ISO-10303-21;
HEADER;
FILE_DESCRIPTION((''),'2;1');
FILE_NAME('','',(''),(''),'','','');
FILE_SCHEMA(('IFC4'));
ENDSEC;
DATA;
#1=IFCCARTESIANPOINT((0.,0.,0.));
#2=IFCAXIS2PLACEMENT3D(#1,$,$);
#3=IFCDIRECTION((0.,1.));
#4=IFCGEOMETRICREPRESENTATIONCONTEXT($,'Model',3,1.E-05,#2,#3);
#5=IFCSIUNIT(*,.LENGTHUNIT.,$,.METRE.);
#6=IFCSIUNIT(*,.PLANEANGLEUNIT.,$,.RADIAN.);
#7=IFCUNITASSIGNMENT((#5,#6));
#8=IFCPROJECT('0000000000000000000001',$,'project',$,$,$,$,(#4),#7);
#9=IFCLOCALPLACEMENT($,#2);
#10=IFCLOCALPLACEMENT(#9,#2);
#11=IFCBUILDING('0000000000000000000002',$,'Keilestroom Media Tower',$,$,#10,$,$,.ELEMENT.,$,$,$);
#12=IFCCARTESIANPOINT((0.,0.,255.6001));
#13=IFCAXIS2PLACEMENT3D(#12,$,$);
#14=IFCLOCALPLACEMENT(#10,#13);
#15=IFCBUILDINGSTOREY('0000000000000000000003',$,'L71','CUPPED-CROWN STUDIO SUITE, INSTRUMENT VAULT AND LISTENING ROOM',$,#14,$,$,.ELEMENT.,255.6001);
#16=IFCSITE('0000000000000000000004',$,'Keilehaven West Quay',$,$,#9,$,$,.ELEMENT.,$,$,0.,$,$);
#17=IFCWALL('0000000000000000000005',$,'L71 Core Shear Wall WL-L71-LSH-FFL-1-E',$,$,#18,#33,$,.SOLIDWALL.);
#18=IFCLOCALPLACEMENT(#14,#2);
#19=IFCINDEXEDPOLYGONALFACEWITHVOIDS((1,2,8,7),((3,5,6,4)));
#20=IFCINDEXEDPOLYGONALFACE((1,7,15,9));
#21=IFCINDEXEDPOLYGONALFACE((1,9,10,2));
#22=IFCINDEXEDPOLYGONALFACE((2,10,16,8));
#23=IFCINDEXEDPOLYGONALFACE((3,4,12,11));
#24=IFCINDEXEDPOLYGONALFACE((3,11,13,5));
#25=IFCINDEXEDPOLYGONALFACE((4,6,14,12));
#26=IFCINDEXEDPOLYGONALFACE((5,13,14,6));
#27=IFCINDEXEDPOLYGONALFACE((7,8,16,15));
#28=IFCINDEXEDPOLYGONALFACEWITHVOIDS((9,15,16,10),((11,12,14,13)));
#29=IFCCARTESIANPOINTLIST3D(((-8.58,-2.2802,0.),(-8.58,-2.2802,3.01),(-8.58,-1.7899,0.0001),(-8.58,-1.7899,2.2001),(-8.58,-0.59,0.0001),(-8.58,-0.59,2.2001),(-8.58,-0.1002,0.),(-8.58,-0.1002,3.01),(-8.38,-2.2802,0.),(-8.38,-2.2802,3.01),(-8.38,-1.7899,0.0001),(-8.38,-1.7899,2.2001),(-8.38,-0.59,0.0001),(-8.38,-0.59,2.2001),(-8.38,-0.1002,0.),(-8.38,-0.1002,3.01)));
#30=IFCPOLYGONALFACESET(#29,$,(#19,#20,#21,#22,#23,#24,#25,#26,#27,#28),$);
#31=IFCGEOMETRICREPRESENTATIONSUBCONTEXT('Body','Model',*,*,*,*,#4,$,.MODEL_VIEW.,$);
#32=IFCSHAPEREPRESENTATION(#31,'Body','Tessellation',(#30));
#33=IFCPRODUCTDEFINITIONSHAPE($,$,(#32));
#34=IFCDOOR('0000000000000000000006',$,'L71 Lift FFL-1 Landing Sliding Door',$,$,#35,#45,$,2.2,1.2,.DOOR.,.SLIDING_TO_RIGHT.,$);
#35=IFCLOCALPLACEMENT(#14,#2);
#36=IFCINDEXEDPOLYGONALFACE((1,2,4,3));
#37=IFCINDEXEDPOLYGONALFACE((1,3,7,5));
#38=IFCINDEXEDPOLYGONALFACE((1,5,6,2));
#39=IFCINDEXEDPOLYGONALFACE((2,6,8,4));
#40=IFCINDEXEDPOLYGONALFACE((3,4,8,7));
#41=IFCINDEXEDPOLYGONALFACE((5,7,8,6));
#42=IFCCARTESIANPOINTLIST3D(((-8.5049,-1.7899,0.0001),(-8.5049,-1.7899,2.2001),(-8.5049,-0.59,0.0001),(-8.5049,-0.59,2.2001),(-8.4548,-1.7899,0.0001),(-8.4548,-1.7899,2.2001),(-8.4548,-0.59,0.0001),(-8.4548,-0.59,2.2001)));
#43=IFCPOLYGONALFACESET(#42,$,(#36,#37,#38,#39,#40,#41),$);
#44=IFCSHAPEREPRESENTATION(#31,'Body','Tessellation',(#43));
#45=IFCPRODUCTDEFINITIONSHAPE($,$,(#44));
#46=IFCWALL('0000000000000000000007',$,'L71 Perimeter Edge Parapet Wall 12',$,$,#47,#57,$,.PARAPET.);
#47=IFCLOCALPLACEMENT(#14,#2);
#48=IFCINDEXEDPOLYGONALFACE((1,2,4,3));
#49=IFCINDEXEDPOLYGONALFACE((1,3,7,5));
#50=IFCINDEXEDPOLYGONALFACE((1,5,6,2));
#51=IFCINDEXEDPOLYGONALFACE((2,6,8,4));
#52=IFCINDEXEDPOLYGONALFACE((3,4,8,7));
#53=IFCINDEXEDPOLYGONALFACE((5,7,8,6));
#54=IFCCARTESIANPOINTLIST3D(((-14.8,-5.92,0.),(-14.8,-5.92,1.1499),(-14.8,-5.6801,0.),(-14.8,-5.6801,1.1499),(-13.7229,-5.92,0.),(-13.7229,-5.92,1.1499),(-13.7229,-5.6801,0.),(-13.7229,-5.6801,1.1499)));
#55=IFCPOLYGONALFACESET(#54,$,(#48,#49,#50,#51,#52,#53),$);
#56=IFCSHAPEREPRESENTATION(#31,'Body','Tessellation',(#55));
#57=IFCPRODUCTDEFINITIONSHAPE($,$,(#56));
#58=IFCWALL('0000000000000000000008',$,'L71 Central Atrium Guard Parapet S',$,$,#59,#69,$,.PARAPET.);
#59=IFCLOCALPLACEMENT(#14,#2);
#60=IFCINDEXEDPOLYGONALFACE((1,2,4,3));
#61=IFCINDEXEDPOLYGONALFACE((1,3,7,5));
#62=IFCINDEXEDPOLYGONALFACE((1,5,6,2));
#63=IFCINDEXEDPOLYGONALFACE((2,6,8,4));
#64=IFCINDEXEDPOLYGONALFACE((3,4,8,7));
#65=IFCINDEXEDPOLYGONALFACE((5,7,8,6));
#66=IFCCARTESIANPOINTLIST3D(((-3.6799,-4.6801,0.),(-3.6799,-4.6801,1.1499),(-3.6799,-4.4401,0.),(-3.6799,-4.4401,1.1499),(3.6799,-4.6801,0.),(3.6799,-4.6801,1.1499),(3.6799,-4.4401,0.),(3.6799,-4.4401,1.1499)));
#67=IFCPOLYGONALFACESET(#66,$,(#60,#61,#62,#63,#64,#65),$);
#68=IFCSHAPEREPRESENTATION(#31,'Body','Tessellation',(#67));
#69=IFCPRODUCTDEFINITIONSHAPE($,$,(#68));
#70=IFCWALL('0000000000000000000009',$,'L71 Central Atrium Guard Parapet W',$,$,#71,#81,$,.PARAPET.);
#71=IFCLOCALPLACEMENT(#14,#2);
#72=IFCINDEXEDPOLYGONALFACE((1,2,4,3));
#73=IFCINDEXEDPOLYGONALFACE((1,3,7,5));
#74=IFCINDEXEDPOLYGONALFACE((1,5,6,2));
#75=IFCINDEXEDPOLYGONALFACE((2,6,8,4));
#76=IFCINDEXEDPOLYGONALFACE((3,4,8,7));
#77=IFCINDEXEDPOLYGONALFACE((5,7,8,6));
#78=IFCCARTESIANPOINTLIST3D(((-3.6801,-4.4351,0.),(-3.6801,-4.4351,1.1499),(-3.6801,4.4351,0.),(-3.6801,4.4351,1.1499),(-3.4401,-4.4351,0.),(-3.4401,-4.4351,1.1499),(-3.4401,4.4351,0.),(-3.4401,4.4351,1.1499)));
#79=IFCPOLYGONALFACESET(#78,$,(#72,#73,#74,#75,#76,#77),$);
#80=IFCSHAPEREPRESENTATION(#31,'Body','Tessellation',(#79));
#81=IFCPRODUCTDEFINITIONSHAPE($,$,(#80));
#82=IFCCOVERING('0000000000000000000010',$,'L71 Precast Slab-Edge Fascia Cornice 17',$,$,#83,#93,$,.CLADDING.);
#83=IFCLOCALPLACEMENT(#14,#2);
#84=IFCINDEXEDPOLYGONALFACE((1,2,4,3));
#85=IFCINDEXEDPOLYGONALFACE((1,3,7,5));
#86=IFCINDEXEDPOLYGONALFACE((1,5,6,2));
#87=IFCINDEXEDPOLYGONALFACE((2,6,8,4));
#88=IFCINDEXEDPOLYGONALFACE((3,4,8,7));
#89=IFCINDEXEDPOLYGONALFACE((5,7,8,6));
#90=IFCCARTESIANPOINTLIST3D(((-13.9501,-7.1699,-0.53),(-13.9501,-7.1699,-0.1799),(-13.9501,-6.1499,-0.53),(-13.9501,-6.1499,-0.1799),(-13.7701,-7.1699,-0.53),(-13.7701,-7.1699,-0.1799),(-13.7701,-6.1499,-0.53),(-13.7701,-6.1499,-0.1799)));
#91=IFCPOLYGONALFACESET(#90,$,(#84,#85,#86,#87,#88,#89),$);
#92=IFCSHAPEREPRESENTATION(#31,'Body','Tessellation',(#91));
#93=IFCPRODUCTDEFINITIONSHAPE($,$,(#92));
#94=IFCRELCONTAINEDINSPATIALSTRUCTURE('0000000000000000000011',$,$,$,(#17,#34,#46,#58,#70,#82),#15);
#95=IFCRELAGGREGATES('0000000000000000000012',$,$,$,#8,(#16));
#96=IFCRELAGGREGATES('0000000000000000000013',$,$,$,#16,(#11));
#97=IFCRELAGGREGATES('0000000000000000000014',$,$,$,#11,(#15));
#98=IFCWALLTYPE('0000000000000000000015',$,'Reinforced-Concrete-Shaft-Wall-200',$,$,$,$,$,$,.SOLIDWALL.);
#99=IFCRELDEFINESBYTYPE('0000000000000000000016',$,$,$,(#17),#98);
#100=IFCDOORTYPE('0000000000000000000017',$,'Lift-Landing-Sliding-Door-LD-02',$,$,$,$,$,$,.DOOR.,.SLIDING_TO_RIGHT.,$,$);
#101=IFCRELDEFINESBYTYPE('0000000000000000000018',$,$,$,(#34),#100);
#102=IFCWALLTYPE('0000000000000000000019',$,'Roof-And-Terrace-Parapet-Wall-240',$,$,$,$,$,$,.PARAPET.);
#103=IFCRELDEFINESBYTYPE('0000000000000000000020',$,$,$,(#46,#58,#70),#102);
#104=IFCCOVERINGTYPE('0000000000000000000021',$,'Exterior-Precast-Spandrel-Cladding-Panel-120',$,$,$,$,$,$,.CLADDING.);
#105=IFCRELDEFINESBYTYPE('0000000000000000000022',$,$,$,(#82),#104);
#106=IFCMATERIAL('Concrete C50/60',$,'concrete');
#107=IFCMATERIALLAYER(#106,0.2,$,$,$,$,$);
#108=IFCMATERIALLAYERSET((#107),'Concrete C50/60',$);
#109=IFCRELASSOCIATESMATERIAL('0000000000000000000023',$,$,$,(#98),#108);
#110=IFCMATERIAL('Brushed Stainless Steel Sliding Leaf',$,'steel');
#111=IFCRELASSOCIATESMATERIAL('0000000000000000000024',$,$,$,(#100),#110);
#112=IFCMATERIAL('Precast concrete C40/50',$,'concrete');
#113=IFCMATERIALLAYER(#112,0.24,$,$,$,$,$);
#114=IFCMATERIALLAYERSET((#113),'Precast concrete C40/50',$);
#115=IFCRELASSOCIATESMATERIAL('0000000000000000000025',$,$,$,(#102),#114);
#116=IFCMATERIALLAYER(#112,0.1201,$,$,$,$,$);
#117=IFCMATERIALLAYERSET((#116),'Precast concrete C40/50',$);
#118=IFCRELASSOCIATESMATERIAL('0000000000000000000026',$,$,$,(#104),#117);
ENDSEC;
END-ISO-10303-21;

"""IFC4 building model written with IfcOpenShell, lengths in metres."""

from ifc_helpers import new_model, si_unit, direction, frame, frame_2d, origin, origin_2d, place, context, subcontext, project, spatial, rectangle, extrude, source, transform, mapped, material, layer, layer_set, type_object, element, fill, save


model = new_model("IFC4")

# Units and contexts
model_context = context("Model", 3, precision=1e-05, world=origin(), true_north=direction((0.0, 1.0)))
body_context = subcontext(model_context, "Body", "Model", "MODEL_VIEW")
ifc_project = project(units=[si_unit("LENGTHUNIT", "METRE"), si_unit("PLANEANGLEUNIT", "RADIAN")], contexts=[model_context])

# Site, building, storey
site_placement = place(None, origin())
site = spatial("IfcSite", under=ifc_project, at=site_placement, Name="Keilehaven West Quay", CompositionType="ELEMENT", RefElevation=0.0)
building_placement = place(site_placement, origin())
building = spatial("IfcBuilding", under=site, at=building_placement, Name="Keilestroom Media Tower", CompositionType="ELEMENT")
storey_placement = place(building_placement, frame((0.0, 0.0, 255.6001)))
storey = spatial("IfcBuildingStorey", under=building, at=storey_placement, Name="L71", Description="CUPPED-CROWN STUDIO SUITE, INSTRUMENT VAULT AND LISTENING ROOM", CompositionType="ELEMENT", Elevation=255.6001)

# Shared definitions
ifc_material_1 = material(Name="Concrete C50/60", Category="concrete")

# Shared definitions
shared_shape_1 = source(origin(), body_context, "Body", "SweptSolid", [
    extrude(rectangle(XDim=1.2, YDim=2.2, at=frame_2d((0.6001, 1.1001))), frame((0.0, 0.0249, 0.0), z_axis=(0.0, -1.0, 0.0), x_axis=(1.0, 0.0, 0.0)), (0.0, 0.0, 1.0), 0.05),
])

# Shared definitions
ifc_layer_1 = layer(ifc_material_1, 0.2)
ifc_layer_set_1 = layer_set([ifc_layer_1], Name="Concrete C50/60")
wall_type_1 = type_object("IfcWallType", Name="Reinforced-Concrete-Shaft-Wall-200", PredefinedType="SOLIDWALL", material=ifc_layer_set_1)

# Wall, opening, door
wall_1_placement = place(storey_placement, frame((-8.48, -2.28, 0.0), z_axis=(0.0, 0.0, 1.0), x_axis=(0.0, 1.0, 0.0)))
wall_1 = element("IfcWall", 1, at=wall_1_placement, inside=storey, type_object=wall_type_1, Name="L71 Core Shear Wall WL-L71-LSH-FFL-1-E", PredefinedType="SOLIDWALL", context=body_context, shape_type="SweptSolid", body=[
    extrude(rectangle(XDim=2.1799, YDim=0.2, at=frame_2d((1.0898, 0.0))), origin(), (0.0, 0.0, 1.0), 3.01),
])
opening_1_placement = place(wall_1_placement, frame((0.49, 0.0, 0.0)))
opening_1 = element("IfcOpeningElement", 2, at=opening_1_placement, cuts=wall_1, PredefinedType="OPENING", context=body_context, shape_type="SweptSolid", body=[
    extrude(rectangle(XDim=1.2, YDim=2.2, at=frame_2d((0.6001, 1.1001))), frame((0.0, 0.1099, 0.0), z_axis=(0.0, -1.0, 0.0), x_axis=(1.0, 0.0, 0.0)), (0.0, 0.0, 1.0), 0.22),
])
ifc_material_2 = material(Name="Brushed Stainless Steel Sliding Leaf", Category="steel")
door_type_1 = type_object("IfcDoorType", Name="Lift-Landing-Sliding-Door-LD-02", OperationType="SLIDING_TO_RIGHT", PredefinedType="DOOR", material=ifc_material_2)
door_1_placement = place(opening_1_placement, origin())
door_1 = element("IfcDoor", 3, at=door_1_placement, inside=storey, type_object=door_type_1, Name="L71 Lift FFL-1 Landing Sliding Door", OperationType="SLIDING_TO_RIGHT", OverallHeight=2.2, OverallWidth=1.2, PredefinedType="DOOR", context=body_context, shape_type="MappedRepresentation", body=[
    mapped(shared_shape_1, transform((0.0, 0.0, 0.0), x_axis=(1.0, 0.0, 0.0), y_axis=(0.0, 1.0, 0.0), z_axis=(0.0, 0.0, 1.0), scale=1.0)),
])
fill(opening_1, door_1)

# Walls
ifc_material_3 = material(Name="Precast concrete C40/50", Category="concrete")
ifc_layer_2 = layer(ifc_material_3, 0.24)
ifc_layer_set_2 = layer_set([ifc_layer_2], Name="Precast concrete C40/50")
wall_type_2 = type_object("IfcWallType", Name="Roof-And-Terrace-Parapet-Wall-240", PredefinedType="PARAPET", material=ifc_layer_set_2)
wall_2_placement = place(storey_placement, frame((-13.7229, -5.8, 0.0), z_axis=(0.0, 0.0, 1.0), x_axis=(-1.0, 0.0, 0.0)))
element("IfcWall", 4, at=wall_2_placement, inside=storey, type_object=wall_type_2, Name="L71 Perimeter Edge Parapet Wall 12", PredefinedType="PARAPET", context=body_context, shape_type="SweptSolid", body=[
    extrude(rectangle(XDim=1.0771, YDim=0.24, at=frame_2d((0.5386, 0.0))), origin(), (0.0, 0.0, 1.0), 1.1499),
])
wall_3_placement = place(storey_placement, frame((-3.6799, -4.5601, 0.0), z_axis=(0.0, 0.0, 1.0), x_axis=(1.0, 0.0, 0.0)))
element("IfcWall", 5, at=wall_3_placement, inside=storey, type_object=wall_type_2, Name="L71 Central Atrium Guard Parapet S", PredefinedType="PARAPET", context=body_context, shape_type="SweptSolid", body=[
    extrude(rectangle(XDim=7.3599, YDim=0.24, at=frame_2d((3.6799, 0.0))), origin(), (0.0, 0.0, 1.0), 1.1499),
])
wall_4_placement = place(storey_placement, frame((-3.5601, -4.4351, 0.0), z_axis=(0.0, 0.0, 1.0), x_axis=(0.0, 1.0, 0.0)))
element("IfcWall", 6, at=wall_4_placement, inside=storey, type_object=wall_type_2, Name="L71 Central Atrium Guard Parapet W", PredefinedType="PARAPET", context=body_context, shape_type="SweptSolid", body=[
    extrude(rectangle(XDim=8.8701, YDim=0.24, at=frame_2d((4.4351, 0.0))), origin(), (0.0, 0.0, 1.0), 1.1499),
])

# Covering
ifc_layer_3 = layer(ifc_material_3, 0.1201)
ifc_layer_set_3 = layer_set([ifc_layer_3], Name="Precast concrete C40/50")
covering_type = type_object("IfcCoveringType", Name="Exterior-Precast-Spandrel-Cladding-Panel-120", PredefinedType="CLADDING", material=ifc_layer_set_3)
shared_shape_2 = source(origin(), body_context, "Body", "SweptSolid", [
    extrude(rectangle(XDim=1.02, YDim=0.1799, at=origin_2d()), origin(), (0.0, 0.0, 1.0), 0.3501),
])
covering_placement = place(storey_placement, frame((-13.8601, -6.6599, -0.53), z_axis=(0.0, 0.0, 1.0), x_axis=(0.0, 1.0, 0.0)))
element("IfcCovering", 7, at=covering_placement, inside=storey, type_object=covering_type, Name="L71 Precast Slab-Edge Fascia Cornice 17", PredefinedType="CLADDING", context=body_context, shape_type="MappedRepresentation", body=[
    mapped(shared_shape_2, transform((0.0, 0.0, 0.0), x_axis=(1.0, 0.0, 0.0), y_axis=(0.0, 1.0, 0.0), z_axis=(0.0, 0.0, 1.0), scale=1.0)),
])

save(model, "model.ifc")
